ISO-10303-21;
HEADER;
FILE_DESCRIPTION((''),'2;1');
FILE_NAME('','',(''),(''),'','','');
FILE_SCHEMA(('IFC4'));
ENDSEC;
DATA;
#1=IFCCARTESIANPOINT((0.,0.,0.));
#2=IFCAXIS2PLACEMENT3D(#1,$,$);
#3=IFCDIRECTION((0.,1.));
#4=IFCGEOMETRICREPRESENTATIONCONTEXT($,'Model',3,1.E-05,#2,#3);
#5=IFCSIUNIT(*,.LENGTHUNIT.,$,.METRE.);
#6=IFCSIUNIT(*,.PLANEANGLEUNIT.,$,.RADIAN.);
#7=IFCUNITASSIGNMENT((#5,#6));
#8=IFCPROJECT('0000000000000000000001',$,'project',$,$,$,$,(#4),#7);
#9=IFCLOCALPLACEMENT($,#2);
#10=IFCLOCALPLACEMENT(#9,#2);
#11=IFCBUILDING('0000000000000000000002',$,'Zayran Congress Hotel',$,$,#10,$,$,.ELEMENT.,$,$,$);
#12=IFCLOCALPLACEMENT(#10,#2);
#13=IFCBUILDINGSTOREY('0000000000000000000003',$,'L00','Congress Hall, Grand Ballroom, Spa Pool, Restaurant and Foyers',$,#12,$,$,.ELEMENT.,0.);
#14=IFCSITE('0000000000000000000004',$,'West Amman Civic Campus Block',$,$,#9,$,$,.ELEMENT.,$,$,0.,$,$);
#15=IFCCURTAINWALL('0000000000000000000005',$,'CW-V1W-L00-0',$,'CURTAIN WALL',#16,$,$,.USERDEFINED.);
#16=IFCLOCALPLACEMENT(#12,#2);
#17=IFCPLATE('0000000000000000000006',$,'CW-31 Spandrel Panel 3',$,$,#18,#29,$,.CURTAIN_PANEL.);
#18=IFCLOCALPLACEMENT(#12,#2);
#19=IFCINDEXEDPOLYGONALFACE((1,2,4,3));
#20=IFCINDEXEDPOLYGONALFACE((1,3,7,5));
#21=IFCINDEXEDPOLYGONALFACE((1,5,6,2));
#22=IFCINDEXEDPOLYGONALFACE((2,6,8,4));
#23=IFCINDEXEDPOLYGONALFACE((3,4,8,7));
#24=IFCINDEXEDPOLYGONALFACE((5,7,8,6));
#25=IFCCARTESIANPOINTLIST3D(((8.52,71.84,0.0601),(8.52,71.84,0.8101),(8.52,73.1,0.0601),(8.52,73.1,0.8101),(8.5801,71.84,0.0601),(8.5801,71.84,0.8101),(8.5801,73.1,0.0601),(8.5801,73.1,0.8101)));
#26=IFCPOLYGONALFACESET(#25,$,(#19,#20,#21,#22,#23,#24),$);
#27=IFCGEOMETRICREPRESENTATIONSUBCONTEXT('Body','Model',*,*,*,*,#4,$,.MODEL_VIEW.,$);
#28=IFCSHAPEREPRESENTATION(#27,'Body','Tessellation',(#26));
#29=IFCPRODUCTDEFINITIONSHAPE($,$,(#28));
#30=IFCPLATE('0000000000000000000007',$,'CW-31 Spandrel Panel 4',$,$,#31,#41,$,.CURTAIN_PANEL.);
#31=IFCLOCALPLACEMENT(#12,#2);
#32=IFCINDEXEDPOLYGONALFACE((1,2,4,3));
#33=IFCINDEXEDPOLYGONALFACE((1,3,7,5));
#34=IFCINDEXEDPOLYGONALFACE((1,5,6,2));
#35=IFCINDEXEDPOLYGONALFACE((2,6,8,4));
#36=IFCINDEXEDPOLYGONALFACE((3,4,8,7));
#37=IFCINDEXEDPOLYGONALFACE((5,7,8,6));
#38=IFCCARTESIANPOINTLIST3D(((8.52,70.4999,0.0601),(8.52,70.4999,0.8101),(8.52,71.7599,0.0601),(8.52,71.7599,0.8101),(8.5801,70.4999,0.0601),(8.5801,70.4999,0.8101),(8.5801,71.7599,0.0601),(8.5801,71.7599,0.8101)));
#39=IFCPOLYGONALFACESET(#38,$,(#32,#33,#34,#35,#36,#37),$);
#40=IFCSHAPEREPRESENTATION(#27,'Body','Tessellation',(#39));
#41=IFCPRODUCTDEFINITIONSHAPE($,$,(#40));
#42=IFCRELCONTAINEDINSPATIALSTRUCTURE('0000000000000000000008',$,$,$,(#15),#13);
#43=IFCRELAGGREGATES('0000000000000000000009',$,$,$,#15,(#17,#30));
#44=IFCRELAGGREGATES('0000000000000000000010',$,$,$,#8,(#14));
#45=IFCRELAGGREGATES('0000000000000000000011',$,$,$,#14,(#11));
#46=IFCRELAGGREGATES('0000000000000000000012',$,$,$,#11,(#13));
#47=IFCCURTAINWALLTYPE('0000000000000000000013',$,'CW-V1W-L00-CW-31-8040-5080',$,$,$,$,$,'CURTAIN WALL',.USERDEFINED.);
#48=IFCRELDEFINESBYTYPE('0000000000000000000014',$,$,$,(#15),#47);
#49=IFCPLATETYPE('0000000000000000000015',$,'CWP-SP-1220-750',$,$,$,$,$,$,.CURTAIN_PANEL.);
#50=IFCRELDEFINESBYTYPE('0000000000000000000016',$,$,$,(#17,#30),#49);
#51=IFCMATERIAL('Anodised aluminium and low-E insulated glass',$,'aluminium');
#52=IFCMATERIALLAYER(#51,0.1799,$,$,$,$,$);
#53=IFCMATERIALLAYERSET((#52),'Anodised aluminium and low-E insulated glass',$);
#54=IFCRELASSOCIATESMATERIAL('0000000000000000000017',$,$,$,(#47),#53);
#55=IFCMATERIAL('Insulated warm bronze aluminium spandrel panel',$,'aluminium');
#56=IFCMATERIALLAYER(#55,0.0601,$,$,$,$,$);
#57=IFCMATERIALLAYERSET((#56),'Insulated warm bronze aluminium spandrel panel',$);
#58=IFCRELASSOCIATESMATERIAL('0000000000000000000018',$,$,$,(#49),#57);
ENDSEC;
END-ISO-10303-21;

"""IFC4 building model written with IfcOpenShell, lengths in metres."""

from ifc_helpers import new_model, si_unit, direction, frame, origin, origin_2d, place, context, subcontext, project, spatial, rectangle, extrude, material, layer, layer_set, type_object, element, aggregate, save


model = new_model("IFC4")

# Units and contexts
model_context = context("Model", 3, precision=1e-05, world=origin(), true_north=direction((0.0, 1.0)))
body_context = subcontext(model_context, "Body", "Model", "MODEL_VIEW")
ifc_project = project(units=[si_unit("LENGTHUNIT", "METRE"), si_unit("PLANEANGLEUNIT", "RADIAN")], contexts=[model_context])

# Site, building, storey
site_placement = place(None, origin())
site = spatial("IfcSite", under=ifc_project, at=site_placement, Name="West Amman Civic Campus Block", CompositionType="ELEMENT", RefElevation=0.0)
building_placement = place(site_placement, origin())
building = spatial("IfcBuilding", under=site, at=building_placement, Name="Zayran Congress Hotel", CompositionType="ELEMENT")
storey_placement = place(building_placement, origin())
storey = spatial("IfcBuildingStorey", under=building, at=storey_placement, Name="L00", Description="Congress Hall, Grand Ballroom, Spa Pool, Restaurant and Foyers", CompositionType="ELEMENT", Elevation=0.0)

# Curtain wall, plates
ifc_material_1 = material(Name="Anodised aluminium and low-E insulated glass", Category="aluminium")
ifc_layer_1 = layer(ifc_material_1, 0.1799)
ifc_layer_set_1 = layer_set([ifc_layer_1], Name="Anodised aluminium and low-E insulated glass")
curtain_wall_type = type_object("IfcCurtainWallType", Name="CW-V1W-L00-CW-31-8040-5080", ElementType="CURTAIN WALL", PredefinedType="USERDEFINED", material=ifc_layer_set_1)
curtain_wall_placement = place(storey_placement, origin())
curtain_wall = element("IfcCurtainWall", 1, at=curtain_wall_placement, inside=storey, type_object=curtain_wall_type, Name="CW-V1W-L00-0", ObjectType="CURTAIN WALL", PredefinedType="USERDEFINED")
ifc_material_2 = material(Name="Insulated warm bronze aluminium spandrel panel", Category="aluminium")
ifc_layer_2 = layer(ifc_material_2, 0.0601)
ifc_layer_set_2 = layer_set([ifc_layer_2], Name="Insulated warm bronze aluminium spandrel panel")
plate_type_1 = type_object("IfcPlateType", Name="CWP-SP-1220-750", PredefinedType="CURTAIN_PANEL", material=ifc_layer_set_2)
plate_1_placement = place(storey_placement, frame((8.55, 72.47, 0.0601), z_axis=(0.0, 0.0, 1.0), x_axis=(0.0, 1.0, 0.0)))
plate_1 = element("IfcPlate", 2, at=plate_1_placement, type_object=plate_type_1, Name="CW-31 Spandrel Panel 3", PredefinedType="CURTAIN_PANEL", context=body_context, shape_type="SweptSolid", body=[
    extrude(rectangle(XDim=1.26, YDim=0.0601, at=origin_2d()), origin(), (0.0, 0.0, 1.0), 0.75),
])
plate_2_placement = place(storey_placement, frame((8.55, 71.1299, 0.0601), z_axis=(0.0, 0.0, 1.0), x_axis=(0.0, 1.0, 0.0)))
plate_2 = element("IfcPlate", 3, at=plate_2_placement, type_object=plate_type_1, Name="CW-31 Spandrel Panel 4", PredefinedType="CURTAIN_PANEL", context=body_context, shape_type="SweptSolid", body=[
    extrude(rectangle(XDim=1.26, YDim=0.0601, at=origin_2d()), origin(), (0.0, 0.0, 1.0), 0.75),
])
aggregate(curtain_wall, [plate_1, plate_2])

save(model, "model.ifc")
